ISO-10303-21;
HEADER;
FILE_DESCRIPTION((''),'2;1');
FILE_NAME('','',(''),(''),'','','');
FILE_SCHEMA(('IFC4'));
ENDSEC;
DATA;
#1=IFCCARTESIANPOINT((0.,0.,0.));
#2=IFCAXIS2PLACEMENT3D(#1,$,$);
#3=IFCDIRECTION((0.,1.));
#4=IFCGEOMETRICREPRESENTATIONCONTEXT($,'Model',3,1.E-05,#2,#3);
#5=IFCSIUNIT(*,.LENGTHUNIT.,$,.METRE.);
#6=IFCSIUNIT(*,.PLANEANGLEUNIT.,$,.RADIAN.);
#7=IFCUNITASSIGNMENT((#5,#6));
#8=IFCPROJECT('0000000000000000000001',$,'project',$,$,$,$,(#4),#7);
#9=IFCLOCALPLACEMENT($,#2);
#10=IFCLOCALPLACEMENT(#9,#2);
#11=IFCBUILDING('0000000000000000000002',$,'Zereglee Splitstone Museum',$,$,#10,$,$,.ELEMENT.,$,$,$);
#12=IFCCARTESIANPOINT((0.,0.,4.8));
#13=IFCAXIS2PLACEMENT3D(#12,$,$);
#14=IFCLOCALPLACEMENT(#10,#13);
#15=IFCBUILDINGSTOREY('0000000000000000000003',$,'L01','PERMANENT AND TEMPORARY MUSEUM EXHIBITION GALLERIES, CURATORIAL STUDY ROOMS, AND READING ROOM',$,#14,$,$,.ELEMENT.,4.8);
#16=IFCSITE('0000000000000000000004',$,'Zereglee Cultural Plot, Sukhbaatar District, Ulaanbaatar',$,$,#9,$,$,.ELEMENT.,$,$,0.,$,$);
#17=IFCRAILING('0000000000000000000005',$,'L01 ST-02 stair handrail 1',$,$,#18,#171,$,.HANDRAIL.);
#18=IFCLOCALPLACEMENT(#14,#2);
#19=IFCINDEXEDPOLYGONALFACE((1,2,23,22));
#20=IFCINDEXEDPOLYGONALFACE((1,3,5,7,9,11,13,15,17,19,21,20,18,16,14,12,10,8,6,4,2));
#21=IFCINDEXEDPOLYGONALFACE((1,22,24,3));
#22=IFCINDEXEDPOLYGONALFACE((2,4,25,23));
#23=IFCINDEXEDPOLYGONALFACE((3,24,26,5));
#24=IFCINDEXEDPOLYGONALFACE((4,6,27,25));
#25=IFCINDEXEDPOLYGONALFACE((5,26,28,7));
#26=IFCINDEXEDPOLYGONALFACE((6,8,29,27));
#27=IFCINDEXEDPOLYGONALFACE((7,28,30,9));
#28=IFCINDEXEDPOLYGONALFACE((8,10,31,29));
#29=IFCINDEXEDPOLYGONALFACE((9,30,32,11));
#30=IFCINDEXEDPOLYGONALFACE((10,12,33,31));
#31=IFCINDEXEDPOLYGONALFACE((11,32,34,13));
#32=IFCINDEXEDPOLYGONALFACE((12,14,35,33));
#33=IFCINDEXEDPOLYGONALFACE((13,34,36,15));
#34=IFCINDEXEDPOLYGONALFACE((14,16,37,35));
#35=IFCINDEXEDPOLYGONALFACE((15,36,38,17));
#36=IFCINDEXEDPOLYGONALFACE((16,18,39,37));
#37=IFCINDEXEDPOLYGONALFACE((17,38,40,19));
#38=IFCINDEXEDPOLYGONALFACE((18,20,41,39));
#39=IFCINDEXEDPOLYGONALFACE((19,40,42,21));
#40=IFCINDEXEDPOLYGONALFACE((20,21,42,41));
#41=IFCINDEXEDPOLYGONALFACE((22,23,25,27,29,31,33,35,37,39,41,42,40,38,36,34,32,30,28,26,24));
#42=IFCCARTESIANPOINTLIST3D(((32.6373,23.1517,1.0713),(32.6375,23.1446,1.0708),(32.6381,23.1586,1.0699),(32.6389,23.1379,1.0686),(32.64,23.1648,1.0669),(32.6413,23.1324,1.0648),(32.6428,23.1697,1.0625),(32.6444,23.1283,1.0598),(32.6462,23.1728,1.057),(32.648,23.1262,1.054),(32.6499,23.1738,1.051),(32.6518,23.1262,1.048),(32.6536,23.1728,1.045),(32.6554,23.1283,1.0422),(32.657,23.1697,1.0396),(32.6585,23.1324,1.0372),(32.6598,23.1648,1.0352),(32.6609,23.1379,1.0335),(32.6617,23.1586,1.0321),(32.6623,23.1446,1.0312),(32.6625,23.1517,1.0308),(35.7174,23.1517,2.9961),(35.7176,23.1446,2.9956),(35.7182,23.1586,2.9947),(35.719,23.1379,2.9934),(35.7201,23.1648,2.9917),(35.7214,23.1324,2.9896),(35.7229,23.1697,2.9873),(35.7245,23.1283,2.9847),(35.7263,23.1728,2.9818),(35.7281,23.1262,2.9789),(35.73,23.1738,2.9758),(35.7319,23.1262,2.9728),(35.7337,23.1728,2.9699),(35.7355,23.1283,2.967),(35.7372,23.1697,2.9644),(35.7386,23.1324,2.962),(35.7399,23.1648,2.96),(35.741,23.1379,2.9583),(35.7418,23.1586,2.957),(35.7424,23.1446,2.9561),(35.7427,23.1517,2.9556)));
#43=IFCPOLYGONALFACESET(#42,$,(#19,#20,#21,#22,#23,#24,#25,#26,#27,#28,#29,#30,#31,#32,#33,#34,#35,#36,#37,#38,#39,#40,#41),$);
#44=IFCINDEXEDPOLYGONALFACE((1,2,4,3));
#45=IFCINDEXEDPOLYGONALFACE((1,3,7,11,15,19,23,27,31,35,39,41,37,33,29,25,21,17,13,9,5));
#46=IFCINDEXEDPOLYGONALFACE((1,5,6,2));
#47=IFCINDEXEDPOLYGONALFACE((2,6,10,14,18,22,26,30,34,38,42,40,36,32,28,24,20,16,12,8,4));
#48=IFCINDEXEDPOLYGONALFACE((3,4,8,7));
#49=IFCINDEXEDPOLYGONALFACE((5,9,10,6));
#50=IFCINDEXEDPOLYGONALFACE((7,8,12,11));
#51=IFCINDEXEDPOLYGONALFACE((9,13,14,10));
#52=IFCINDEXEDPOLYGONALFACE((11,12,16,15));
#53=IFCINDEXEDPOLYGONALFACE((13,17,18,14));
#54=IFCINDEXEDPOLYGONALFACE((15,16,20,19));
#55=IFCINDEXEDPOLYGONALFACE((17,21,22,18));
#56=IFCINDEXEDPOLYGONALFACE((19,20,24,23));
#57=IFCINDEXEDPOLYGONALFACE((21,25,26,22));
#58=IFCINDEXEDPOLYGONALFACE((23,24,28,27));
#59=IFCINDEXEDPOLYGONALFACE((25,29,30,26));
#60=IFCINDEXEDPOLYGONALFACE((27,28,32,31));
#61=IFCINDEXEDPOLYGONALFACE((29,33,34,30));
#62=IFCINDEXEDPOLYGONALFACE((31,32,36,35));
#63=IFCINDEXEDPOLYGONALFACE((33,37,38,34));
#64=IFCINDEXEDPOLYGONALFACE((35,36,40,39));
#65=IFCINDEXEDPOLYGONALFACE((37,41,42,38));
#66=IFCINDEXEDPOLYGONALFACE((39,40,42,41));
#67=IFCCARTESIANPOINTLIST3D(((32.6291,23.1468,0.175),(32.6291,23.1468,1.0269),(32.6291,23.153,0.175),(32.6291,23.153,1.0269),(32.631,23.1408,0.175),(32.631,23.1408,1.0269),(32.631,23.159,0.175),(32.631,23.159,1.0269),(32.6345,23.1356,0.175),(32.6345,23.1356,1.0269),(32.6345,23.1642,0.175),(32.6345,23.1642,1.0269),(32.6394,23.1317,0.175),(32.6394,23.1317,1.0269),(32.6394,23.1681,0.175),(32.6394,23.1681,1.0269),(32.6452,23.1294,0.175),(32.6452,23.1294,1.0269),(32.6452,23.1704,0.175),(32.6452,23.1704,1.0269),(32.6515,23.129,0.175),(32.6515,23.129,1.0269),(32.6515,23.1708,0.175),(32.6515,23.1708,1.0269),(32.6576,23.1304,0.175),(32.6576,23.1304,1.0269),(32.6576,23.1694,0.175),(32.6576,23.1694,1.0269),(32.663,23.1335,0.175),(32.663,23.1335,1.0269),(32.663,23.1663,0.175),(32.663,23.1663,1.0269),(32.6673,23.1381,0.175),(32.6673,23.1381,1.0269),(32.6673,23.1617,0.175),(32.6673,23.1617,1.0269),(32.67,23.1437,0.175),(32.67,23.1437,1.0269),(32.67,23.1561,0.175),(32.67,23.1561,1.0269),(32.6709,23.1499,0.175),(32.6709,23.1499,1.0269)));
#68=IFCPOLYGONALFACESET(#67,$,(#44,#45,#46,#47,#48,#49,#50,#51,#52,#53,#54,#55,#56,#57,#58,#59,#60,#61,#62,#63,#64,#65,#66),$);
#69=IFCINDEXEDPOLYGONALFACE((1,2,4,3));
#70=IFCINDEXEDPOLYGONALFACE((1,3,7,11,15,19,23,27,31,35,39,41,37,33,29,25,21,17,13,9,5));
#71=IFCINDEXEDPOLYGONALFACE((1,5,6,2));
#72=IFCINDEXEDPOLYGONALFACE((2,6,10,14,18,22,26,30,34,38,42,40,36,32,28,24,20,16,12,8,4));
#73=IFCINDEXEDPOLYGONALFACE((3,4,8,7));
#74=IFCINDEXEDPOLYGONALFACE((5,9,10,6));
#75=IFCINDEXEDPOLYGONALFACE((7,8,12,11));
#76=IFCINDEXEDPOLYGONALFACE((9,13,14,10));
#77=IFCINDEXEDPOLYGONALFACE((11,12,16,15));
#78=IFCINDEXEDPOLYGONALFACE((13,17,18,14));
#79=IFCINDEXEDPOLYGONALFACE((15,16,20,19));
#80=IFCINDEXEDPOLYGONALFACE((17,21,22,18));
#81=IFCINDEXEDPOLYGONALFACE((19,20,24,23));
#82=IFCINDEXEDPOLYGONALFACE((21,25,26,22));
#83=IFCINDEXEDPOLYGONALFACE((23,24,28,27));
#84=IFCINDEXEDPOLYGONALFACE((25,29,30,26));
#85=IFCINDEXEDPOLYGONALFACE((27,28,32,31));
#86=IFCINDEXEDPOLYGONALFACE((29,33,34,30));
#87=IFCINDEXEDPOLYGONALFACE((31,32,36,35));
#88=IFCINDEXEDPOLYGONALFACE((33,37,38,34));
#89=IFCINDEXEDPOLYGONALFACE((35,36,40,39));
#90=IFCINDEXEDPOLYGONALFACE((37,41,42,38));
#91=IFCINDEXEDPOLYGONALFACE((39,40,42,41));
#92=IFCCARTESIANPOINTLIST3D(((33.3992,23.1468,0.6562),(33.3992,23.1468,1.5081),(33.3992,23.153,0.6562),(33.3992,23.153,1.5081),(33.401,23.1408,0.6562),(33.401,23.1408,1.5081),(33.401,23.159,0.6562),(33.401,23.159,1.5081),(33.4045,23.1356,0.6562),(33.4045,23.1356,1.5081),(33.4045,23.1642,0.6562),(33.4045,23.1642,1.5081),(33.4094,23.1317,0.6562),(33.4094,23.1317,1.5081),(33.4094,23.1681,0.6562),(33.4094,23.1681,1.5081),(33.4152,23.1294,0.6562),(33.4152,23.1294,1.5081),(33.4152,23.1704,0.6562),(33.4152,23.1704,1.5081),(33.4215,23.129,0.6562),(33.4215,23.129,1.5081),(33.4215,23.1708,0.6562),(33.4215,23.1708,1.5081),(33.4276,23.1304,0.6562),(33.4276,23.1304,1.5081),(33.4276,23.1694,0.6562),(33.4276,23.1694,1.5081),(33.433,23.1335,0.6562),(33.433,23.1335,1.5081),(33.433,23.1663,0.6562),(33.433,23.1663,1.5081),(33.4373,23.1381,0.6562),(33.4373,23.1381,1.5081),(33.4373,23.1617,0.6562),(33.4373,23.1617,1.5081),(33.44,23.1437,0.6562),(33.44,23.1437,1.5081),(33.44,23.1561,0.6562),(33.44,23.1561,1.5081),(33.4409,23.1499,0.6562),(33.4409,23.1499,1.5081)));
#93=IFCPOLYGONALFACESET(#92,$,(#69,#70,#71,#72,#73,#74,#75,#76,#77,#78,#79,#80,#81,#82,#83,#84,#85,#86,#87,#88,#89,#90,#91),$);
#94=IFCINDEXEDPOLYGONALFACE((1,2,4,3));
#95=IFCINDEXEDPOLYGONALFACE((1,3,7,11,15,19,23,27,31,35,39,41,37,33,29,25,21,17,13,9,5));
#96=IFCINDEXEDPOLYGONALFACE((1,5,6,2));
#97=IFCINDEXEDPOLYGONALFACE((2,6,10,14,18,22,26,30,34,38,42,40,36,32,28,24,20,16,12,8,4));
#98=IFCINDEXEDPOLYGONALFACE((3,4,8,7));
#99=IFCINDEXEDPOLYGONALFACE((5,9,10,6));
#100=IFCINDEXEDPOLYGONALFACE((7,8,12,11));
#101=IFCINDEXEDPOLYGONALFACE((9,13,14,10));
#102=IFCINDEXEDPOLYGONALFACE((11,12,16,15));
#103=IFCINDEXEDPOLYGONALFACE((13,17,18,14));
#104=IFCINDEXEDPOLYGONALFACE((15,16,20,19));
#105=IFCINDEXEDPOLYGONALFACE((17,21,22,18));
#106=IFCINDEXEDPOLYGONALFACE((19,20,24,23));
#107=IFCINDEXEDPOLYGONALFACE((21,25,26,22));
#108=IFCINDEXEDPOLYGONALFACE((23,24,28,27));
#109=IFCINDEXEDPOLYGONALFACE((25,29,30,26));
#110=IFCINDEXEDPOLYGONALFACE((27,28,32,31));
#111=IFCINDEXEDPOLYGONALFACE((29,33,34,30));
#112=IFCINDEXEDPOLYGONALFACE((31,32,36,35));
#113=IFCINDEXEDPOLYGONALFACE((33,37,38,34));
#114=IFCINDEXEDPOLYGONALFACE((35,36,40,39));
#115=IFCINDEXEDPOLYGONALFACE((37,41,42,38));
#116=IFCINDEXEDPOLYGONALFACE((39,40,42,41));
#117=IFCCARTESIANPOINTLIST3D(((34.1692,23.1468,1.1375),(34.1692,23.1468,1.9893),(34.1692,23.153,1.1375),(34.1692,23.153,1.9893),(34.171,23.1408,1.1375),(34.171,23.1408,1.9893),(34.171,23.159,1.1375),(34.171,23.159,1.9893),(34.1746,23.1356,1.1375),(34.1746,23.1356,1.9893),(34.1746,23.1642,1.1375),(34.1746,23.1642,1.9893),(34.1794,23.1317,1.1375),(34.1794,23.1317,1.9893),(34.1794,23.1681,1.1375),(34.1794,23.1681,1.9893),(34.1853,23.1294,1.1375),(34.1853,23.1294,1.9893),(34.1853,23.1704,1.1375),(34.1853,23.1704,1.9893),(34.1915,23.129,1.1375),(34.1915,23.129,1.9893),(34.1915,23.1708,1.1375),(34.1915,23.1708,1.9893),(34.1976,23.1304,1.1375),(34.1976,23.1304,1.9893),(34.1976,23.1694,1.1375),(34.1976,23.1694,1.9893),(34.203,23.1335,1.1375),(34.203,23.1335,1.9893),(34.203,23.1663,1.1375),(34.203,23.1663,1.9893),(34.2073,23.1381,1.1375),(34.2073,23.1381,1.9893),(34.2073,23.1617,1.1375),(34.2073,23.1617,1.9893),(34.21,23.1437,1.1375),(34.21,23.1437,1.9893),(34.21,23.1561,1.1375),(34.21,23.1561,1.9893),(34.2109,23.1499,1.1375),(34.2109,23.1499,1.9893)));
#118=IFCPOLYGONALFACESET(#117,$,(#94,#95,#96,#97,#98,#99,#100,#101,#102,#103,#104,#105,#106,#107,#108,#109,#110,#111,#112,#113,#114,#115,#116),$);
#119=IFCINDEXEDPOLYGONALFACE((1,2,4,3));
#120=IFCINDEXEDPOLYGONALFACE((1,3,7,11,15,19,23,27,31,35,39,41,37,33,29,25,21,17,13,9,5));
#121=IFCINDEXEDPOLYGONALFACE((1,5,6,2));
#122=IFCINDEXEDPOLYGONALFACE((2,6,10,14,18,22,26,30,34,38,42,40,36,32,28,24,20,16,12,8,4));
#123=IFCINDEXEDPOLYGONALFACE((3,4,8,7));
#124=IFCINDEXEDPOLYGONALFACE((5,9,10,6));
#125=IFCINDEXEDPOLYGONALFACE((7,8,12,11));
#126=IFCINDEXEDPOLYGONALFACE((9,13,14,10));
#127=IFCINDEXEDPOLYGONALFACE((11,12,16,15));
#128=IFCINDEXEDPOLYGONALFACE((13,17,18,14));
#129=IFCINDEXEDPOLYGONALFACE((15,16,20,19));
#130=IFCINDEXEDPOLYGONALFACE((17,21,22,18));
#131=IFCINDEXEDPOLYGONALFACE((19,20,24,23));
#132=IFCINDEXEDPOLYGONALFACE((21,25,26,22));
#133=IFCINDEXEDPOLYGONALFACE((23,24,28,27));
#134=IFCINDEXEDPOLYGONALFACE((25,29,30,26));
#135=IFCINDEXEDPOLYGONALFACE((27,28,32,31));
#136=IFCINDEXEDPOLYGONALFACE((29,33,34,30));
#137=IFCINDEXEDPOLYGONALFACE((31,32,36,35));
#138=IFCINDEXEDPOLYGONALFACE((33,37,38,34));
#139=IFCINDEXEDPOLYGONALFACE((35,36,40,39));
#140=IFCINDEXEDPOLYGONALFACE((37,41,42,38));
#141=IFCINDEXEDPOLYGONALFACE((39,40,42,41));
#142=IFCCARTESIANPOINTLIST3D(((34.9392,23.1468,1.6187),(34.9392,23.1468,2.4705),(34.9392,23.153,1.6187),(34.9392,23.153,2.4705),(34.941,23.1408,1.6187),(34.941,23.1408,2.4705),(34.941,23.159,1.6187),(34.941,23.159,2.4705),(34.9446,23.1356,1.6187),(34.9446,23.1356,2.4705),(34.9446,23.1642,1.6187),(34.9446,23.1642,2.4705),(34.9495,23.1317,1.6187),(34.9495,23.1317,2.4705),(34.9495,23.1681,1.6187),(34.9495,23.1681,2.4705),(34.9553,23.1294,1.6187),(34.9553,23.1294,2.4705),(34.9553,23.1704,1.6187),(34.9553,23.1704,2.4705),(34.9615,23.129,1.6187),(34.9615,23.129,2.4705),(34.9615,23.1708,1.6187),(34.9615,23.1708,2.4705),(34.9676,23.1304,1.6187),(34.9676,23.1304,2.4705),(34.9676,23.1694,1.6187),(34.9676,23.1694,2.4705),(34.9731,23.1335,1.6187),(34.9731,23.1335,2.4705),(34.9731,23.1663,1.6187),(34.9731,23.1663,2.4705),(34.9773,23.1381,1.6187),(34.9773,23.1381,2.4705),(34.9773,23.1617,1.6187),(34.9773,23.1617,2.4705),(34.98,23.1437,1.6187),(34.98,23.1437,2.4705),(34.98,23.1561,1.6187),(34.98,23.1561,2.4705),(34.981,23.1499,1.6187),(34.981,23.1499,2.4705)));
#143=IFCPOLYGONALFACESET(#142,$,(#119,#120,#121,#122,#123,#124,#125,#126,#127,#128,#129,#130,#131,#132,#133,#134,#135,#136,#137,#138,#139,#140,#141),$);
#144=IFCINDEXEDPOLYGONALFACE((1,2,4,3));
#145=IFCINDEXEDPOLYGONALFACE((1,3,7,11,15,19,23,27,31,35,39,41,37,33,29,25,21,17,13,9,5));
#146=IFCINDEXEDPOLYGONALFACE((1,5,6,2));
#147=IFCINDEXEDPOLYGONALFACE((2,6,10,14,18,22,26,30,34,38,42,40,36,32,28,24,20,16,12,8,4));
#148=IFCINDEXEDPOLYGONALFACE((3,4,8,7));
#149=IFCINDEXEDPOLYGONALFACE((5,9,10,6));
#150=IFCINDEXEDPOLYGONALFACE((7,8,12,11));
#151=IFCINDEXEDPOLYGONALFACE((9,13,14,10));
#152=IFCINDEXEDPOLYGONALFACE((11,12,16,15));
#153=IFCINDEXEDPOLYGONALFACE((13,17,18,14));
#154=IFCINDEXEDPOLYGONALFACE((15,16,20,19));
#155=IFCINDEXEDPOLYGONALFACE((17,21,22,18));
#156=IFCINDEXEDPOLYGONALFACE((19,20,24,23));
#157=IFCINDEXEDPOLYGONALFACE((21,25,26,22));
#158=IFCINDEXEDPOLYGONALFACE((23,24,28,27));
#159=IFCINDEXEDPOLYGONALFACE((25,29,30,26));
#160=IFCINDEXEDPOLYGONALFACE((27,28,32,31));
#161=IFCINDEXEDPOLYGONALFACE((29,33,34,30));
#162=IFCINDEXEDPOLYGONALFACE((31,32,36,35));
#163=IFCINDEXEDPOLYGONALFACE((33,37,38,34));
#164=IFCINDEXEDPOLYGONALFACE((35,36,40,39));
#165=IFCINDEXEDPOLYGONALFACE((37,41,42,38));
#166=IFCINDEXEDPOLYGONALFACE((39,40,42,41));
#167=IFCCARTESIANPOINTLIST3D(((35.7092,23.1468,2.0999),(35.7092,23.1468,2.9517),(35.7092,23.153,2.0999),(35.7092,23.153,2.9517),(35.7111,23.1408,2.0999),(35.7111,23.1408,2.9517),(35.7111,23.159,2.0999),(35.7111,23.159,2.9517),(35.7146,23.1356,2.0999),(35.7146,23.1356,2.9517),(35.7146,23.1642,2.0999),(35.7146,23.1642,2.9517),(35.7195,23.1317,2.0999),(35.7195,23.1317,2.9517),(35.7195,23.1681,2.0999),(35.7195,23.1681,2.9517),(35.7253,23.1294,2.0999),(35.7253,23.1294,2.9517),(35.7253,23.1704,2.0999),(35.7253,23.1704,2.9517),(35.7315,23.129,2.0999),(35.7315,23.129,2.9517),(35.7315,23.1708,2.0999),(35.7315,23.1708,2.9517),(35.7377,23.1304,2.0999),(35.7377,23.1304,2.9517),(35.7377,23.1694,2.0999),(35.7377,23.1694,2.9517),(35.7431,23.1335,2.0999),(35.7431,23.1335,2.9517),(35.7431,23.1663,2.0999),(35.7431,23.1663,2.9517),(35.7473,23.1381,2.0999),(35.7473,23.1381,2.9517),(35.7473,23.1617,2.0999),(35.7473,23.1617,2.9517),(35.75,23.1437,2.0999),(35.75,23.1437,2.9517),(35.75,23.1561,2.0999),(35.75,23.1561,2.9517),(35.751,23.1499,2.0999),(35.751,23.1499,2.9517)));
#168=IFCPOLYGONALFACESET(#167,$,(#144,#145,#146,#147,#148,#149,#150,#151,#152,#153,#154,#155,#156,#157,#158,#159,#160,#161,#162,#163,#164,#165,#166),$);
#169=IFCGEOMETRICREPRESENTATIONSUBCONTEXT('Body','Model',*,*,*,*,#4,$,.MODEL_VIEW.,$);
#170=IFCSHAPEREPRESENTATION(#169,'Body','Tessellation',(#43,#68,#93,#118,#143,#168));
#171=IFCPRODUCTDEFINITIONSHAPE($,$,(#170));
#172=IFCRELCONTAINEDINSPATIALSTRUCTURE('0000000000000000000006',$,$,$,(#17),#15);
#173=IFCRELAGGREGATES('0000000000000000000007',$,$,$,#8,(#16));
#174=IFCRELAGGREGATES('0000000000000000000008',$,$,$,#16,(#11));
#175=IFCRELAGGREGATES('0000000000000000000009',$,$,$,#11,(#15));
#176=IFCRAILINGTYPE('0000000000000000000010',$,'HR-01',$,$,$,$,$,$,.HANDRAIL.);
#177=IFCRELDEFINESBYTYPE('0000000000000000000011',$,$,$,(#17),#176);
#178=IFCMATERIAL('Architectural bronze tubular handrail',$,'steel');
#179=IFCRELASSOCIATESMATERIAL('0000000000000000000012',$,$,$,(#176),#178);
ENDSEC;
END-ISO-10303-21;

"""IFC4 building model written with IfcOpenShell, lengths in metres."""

from ifc_helpers import new_model, si_unit, direction, frame, origin, origin_2d, place, context, subcontext, project, spatial, circle, extrude, material, type_object, element, save


model = new_model("IFC4")

# Units and contexts
model_context = context("Model", 3, precision=1e-05, world=origin(), true_north=direction((0.0, 1.0)))
body_context = subcontext(model_context, "Body", "Model", "MODEL_VIEW")
ifc_project = project(units=[si_unit("LENGTHUNIT", "METRE"), si_unit("PLANEANGLEUNIT", "RADIAN")], contexts=[model_context])

# Site, building, storey
site_placement = place(None, origin())
site = spatial("IfcSite", under=ifc_project, at=site_placement, Name="Zereglee Cultural Plot, Sukhbaatar District, Ulaanbaatar", CompositionType="ELEMENT", RefElevation=0.0)
building_placement = place(site_placement, origin())
building = spatial("IfcBuilding", under=site, at=building_placement, Name="Zereglee Splitstone Museum", CompositionType="ELEMENT")
storey_placement = place(building_placement, frame((0.0, 0.0, 4.8)))
storey = spatial("IfcBuildingStorey", under=building, at=storey_placement, Name="L01", Description="PERMANENT AND TEMPORARY MUSEUM EXHIBITION GALLERIES, CURATORIAL STUDY ROOMS, AND READING ROOM", CompositionType="ELEMENT", Elevation=4.8)

# Railing
ifc_material_1 = material(Name="Architectural bronze tubular handrail", Category="steel")
railing_type_1 = type_object("IfcRailingType", Name="HR-01", PredefinedType="HANDRAIL", material=ifc_material_1)
railing_1_placement = place(storey_placement, frame((32.6499, 23.1499, 0.175)))
element("IfcRailing", 1, at=railing_1_placement, inside=storey, type_object=railing_type_1, Name="L01 ST-02 stair handrail 1", PredefinedType="HANDRAIL", context=body_context, shape_type="SweptSolid", body=[
    extrude(circle(Radius=0.0239, at=origin_2d()), frame((0.0, 0.0, 0.876), z_axis=(0.848029, 0.0, 0.529951), x_axis=(0.0, 1.0, 0.0)), (0.0, 0.0, 1.0), 3.6321),
    extrude(circle(Radius=0.021, at=origin_2d()), origin(), (0.0, 0.0, 1.0), 0.8518),
    extrude(circle(Radius=0.021, at=origin_2d()), frame((0.77, 0.0, 0.4812)), (0.0, 0.0, 1.0), 0.8518),
    extrude(circle(Radius=0.021, at=origin_2d()), frame((1.54, 0.0, 0.9624)), (0.0, 0.0, 1.0), 0.8518),
    extrude(circle(Radius=0.021, at=origin_2d()), frame((2.3101, 0.0, 1.4436)), (0.0, 0.0, 1.0), 0.8518),
    extrude(circle(Radius=0.021, at=origin_2d()), frame((3.0801, 0.0, 1.9248)), (0.0, 0.0, 1.0), 0.8518),
])

save(model, "model.ifc")
